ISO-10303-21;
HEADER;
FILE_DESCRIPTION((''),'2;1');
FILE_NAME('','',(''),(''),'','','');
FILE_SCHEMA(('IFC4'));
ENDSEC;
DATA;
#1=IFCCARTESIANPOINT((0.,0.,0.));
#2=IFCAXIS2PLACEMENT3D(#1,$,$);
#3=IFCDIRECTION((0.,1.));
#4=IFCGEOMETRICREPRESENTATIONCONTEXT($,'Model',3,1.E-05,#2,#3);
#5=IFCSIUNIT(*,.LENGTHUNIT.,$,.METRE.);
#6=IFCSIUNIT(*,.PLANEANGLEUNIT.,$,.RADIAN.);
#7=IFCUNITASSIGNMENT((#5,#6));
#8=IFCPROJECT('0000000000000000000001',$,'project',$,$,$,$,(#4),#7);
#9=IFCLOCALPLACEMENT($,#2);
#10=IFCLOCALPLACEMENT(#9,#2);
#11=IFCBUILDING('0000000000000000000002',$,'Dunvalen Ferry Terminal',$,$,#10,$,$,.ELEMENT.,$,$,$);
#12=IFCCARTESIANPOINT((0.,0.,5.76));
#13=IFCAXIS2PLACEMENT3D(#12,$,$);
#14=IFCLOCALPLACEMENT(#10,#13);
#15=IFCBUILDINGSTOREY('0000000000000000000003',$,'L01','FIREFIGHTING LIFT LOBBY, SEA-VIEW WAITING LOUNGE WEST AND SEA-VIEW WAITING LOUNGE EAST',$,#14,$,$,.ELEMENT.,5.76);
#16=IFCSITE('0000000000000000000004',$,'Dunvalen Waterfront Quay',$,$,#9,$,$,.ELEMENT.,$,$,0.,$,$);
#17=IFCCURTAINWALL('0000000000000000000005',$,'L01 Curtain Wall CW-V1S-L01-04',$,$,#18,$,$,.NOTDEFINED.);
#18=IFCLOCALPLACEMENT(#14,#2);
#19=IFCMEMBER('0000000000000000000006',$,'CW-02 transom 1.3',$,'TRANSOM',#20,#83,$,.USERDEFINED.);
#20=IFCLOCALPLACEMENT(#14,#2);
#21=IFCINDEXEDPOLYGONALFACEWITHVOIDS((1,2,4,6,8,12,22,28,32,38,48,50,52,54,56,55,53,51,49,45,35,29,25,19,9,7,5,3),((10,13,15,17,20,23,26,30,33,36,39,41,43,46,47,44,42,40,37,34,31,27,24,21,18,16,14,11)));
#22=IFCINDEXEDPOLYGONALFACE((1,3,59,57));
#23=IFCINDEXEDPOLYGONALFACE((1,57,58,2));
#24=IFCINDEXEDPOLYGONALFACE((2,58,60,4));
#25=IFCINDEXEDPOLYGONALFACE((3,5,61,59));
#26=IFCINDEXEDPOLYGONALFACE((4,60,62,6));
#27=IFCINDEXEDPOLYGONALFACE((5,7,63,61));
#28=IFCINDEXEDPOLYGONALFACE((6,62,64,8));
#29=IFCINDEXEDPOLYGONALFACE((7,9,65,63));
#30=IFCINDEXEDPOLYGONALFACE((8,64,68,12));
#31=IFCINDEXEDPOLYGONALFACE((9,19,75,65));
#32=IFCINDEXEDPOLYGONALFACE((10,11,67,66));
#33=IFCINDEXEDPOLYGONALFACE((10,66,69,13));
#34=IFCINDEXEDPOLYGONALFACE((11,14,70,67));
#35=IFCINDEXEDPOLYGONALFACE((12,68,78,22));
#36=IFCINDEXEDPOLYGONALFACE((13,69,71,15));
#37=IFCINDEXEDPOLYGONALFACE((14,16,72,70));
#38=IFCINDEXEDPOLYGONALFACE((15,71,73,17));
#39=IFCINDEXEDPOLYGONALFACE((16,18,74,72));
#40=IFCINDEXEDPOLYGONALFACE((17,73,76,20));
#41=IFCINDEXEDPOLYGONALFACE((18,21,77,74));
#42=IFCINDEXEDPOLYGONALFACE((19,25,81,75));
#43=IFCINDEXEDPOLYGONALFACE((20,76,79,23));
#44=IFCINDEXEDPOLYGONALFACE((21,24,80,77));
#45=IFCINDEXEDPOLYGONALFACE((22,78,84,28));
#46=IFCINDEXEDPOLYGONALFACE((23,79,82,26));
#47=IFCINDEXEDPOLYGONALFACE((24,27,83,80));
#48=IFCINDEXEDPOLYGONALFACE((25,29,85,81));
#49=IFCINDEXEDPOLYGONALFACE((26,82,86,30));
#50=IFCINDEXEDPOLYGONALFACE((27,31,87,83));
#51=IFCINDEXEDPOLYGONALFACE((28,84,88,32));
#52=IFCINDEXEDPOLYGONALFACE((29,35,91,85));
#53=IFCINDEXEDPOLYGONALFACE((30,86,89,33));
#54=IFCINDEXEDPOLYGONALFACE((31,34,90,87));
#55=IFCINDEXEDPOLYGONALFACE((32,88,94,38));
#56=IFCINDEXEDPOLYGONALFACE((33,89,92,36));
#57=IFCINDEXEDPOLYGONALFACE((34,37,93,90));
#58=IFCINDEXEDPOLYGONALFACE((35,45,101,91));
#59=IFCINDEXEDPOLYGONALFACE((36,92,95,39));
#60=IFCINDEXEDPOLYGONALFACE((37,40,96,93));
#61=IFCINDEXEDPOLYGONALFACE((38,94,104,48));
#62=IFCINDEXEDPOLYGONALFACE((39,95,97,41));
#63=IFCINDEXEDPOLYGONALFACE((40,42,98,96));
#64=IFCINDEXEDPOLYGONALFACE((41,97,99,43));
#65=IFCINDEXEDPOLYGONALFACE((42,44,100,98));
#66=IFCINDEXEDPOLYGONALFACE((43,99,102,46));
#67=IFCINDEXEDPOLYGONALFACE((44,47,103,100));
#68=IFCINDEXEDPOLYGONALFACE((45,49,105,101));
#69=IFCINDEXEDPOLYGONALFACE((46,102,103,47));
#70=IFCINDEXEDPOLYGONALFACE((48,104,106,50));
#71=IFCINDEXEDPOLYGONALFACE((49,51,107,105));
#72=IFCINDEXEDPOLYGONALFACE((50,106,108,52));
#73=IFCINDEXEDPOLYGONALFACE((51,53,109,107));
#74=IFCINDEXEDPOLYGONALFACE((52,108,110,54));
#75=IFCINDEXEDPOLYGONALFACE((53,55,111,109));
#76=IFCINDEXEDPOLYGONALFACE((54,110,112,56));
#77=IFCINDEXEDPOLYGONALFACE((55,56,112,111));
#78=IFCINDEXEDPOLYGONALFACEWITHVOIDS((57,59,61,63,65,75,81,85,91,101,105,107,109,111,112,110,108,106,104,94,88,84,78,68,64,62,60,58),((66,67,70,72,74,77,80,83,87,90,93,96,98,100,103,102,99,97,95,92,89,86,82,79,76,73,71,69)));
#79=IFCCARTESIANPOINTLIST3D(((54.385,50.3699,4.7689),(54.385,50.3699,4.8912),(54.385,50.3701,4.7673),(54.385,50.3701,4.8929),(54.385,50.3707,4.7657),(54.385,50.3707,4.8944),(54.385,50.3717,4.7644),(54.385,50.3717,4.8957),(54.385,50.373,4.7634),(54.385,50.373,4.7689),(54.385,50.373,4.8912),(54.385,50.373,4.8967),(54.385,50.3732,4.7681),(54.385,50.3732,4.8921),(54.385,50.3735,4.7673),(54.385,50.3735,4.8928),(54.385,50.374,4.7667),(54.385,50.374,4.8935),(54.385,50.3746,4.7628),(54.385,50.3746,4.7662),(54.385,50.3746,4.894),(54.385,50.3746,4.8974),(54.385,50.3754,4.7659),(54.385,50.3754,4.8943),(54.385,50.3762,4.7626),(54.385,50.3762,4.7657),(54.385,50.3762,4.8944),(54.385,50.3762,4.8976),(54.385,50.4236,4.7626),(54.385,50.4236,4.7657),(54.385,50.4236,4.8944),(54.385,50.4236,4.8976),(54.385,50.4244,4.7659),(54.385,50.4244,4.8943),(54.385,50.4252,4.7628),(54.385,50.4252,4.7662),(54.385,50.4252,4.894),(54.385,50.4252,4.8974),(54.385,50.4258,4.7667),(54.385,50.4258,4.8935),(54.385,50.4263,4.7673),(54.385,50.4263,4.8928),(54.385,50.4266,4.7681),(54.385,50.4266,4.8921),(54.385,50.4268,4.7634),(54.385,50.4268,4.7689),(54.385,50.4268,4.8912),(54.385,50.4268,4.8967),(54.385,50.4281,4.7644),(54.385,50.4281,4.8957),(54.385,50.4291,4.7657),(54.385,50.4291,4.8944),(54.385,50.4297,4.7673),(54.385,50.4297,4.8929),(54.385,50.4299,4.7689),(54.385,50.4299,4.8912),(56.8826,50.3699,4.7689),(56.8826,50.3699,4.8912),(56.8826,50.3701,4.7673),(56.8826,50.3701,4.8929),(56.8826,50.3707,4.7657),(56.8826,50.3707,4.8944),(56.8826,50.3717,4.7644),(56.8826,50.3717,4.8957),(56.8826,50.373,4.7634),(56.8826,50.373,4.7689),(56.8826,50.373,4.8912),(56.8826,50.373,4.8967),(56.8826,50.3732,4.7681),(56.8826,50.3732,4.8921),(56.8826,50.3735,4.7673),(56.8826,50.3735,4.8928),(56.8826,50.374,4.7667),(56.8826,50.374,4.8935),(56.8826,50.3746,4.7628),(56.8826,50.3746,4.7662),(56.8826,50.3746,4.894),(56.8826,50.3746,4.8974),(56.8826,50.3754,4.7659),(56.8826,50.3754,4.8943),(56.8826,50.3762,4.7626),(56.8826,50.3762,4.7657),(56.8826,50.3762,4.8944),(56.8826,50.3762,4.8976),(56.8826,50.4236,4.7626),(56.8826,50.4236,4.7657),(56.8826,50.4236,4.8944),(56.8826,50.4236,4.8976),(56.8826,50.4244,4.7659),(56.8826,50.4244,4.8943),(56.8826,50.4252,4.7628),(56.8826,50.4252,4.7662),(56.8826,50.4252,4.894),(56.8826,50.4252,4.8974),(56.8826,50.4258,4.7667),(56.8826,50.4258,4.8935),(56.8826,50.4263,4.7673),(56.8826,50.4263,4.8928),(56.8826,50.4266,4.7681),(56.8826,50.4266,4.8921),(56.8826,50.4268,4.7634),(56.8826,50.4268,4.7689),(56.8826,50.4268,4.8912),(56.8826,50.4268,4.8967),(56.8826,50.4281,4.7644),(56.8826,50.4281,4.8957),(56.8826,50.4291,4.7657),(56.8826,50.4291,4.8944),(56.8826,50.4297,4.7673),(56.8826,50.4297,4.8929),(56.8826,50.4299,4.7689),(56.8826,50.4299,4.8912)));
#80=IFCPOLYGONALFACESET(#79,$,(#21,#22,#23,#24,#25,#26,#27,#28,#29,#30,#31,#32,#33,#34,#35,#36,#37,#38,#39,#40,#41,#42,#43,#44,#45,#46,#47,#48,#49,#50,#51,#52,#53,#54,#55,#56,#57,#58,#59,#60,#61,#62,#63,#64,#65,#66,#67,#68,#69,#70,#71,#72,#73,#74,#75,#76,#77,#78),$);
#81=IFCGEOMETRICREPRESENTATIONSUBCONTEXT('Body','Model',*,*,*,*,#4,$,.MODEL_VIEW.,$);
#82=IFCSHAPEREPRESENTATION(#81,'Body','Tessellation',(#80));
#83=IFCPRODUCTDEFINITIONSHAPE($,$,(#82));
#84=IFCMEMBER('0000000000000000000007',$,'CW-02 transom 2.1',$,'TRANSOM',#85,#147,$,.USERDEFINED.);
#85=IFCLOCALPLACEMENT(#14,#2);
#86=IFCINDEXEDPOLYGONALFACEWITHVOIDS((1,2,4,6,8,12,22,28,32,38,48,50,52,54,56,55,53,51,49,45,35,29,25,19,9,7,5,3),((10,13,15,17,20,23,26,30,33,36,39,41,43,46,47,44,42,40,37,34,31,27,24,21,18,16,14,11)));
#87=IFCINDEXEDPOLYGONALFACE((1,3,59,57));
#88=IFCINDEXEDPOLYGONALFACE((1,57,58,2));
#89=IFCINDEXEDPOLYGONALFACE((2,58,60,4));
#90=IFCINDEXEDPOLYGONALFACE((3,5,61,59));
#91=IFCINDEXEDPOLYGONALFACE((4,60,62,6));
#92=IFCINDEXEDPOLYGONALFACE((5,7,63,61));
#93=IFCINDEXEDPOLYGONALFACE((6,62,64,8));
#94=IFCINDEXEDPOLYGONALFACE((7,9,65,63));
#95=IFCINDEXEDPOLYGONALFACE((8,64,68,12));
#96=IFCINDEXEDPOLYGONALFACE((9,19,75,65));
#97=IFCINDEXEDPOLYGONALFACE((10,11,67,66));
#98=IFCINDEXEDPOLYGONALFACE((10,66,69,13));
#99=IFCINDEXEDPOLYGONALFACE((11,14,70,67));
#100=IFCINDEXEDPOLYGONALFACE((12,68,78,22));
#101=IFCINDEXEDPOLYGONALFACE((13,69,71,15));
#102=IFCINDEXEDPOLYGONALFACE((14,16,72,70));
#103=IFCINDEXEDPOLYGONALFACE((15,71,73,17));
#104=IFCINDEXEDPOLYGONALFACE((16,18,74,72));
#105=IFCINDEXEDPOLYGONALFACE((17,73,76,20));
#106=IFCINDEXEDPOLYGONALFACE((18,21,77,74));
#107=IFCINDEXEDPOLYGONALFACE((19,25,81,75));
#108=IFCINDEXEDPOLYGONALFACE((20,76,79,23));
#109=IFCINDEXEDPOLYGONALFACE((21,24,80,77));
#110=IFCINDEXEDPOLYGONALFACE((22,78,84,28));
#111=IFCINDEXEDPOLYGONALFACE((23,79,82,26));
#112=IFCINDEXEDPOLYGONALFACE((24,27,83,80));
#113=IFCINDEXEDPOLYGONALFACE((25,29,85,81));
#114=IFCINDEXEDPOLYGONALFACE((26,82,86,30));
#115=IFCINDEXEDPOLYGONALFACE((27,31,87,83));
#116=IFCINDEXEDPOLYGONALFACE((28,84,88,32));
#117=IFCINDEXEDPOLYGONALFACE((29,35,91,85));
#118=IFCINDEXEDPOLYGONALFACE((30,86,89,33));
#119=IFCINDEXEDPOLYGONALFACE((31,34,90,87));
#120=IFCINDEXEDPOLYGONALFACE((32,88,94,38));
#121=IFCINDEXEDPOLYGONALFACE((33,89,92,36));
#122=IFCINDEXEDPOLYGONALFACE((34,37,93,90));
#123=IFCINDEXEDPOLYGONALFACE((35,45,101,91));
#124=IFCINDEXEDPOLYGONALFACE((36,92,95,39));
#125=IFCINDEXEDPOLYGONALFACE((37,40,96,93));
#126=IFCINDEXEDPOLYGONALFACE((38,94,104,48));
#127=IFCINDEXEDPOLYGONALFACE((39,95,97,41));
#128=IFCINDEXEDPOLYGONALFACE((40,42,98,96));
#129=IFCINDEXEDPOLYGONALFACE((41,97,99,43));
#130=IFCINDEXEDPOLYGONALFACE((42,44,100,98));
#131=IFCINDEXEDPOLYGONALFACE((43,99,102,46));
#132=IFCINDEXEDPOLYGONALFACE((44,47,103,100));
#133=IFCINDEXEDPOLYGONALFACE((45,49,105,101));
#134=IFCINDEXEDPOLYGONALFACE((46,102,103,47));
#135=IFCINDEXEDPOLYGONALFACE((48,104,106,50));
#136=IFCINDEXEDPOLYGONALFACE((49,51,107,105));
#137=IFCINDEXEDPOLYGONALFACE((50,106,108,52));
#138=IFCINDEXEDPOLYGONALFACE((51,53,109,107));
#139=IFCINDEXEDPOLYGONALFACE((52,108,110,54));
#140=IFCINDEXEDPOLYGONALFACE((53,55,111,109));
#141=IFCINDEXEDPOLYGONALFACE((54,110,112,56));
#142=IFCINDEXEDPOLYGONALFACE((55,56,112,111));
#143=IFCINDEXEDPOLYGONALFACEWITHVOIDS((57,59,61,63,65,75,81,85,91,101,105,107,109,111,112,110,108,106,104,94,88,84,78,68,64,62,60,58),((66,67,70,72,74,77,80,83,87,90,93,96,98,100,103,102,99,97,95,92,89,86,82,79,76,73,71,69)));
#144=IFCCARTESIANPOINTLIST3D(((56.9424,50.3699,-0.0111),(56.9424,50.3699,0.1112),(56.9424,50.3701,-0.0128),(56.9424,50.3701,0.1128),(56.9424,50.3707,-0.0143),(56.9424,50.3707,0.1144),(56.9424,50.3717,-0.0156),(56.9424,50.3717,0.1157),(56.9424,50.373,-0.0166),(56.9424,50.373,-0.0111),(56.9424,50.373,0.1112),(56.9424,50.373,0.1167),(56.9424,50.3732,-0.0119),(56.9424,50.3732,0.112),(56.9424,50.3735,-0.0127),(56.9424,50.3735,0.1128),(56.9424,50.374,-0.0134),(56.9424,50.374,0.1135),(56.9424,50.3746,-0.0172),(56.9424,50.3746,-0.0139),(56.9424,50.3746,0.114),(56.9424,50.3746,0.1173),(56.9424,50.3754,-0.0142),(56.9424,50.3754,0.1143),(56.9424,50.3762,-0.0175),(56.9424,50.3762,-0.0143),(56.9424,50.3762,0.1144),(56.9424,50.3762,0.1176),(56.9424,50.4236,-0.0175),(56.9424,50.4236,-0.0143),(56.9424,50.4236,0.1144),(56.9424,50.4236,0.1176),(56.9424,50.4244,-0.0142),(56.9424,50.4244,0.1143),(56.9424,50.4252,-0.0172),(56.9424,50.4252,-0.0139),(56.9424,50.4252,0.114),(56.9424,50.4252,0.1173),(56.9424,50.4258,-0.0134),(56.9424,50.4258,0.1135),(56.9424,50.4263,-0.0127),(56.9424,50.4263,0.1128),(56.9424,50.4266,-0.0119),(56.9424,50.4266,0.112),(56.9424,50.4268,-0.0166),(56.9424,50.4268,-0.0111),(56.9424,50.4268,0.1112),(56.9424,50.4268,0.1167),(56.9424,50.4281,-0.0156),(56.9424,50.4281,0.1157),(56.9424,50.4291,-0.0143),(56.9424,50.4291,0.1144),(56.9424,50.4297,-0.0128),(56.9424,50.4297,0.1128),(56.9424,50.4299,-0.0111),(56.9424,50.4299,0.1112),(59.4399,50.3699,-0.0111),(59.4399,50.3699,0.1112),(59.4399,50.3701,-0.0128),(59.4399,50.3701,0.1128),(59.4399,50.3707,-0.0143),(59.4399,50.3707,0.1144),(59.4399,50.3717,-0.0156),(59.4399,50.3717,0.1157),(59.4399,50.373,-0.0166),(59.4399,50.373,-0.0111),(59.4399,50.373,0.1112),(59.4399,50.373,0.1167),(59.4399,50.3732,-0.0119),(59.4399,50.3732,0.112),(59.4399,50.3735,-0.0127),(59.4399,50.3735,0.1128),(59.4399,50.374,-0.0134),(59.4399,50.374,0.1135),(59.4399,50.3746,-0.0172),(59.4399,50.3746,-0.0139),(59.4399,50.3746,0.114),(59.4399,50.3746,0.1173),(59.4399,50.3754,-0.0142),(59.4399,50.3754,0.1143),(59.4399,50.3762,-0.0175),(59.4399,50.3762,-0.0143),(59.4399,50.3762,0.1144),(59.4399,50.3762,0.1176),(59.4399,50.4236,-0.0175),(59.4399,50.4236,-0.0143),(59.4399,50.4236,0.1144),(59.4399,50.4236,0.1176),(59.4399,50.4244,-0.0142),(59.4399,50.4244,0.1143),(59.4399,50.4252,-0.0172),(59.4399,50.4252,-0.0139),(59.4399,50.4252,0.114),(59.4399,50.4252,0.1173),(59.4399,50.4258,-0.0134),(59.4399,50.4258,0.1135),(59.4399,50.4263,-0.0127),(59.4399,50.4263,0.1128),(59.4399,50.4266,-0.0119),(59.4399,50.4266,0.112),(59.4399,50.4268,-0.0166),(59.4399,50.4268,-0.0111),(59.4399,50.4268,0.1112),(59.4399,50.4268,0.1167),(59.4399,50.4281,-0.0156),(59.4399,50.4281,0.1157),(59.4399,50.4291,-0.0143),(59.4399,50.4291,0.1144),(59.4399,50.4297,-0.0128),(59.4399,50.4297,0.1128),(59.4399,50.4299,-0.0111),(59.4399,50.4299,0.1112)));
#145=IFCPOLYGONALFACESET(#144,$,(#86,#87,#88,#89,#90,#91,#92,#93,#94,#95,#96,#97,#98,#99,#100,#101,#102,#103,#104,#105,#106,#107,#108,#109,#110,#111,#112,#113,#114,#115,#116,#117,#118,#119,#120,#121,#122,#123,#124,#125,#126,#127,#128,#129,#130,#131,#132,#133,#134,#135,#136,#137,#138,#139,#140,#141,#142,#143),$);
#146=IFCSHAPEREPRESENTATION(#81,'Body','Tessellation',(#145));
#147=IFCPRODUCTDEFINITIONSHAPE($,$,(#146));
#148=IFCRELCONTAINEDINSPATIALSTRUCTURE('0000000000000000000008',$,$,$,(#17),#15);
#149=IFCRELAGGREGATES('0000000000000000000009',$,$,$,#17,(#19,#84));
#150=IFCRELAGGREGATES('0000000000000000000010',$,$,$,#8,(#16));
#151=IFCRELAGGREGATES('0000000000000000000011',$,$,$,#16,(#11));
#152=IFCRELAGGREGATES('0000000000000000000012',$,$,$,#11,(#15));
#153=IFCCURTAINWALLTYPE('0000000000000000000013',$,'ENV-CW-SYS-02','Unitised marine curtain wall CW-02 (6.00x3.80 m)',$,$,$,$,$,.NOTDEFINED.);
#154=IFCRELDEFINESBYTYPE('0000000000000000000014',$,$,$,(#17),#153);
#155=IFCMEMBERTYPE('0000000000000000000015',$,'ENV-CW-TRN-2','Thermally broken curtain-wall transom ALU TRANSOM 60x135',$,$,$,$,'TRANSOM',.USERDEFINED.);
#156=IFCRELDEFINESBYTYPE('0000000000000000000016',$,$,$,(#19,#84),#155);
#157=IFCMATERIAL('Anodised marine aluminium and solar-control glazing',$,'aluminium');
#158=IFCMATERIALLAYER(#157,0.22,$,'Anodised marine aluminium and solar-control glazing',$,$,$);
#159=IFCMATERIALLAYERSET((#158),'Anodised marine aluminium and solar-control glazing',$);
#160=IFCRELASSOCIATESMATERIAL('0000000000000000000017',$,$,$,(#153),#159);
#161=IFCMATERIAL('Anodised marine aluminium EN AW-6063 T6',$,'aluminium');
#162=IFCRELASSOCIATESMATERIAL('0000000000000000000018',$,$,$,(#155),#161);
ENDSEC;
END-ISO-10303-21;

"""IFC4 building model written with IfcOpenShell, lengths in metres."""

from ifc_helpers import new_model, si_unit, direction, frame, origin, origin_2d, place, context, subcontext, project, spatial, hollow_rectangle, extrude, material, layer, layer_set, material_profile, profile_set, type_object, element, aggregate, save


model = new_model("IFC4")

# Units and contexts
model_context = context("Model", 3, precision=1e-05, world=origin(), true_north=direction((0.0, 1.0)))
body_context = subcontext(model_context, "Body", "Model", "MODEL_VIEW")
ifc_project = project(units=[si_unit("LENGTHUNIT", "METRE"), si_unit("PLANEANGLEUNIT", "RADIAN")], contexts=[model_context])

# Site, building, storey
site_placement = place(None, origin())
site = spatial("IfcSite", under=ifc_project, at=site_placement, Name="Dunvalen Waterfront Quay", CompositionType="ELEMENT", RefElevation=0.0)
building_placement = place(site_placement, origin())
building = spatial("IfcBuilding", under=site, at=building_placement, Name="Dunvalen Ferry Terminal", CompositionType="ELEMENT")
storey_placement = place(building_placement, frame((0.0, 0.0, 5.76)))
storey = spatial("IfcBuildingStorey", under=building, at=storey_placement, Name="L01", Description="FIREFIGHTING LIFT LOBBY, SEA-VIEW WAITING LOUNGE WEST AND SEA-VIEW WAITING LOUNGE EAST", CompositionType="ELEMENT", Elevation=5.76)

# Curtain wall
ifc_material_1 = material(Name="Anodised marine aluminium and solar-control glazing", Category="aluminium")
ifc_layer_1 = layer(ifc_material_1, 0.22, Name="Anodised marine aluminium and solar-control glazing")
ifc_layer_set_1 = layer_set([ifc_layer_1], Name="Anodised marine aluminium and solar-control glazing")
curtain_wall_type = type_object("IfcCurtainWallType", Name="ENV-CW-SYS-02", Description="Unitised marine curtain wall CW-02 (6.00x3.80 m)", PredefinedType="NOTDEFINED", material=ifc_layer_set_1)
curtain_wall_1_placement = place(storey_placement, origin())
curtain_wall_1 = element("IfcCurtainWall", 1, at=curtain_wall_1_placement, inside=storey, type_object=curtain_wall_type, Name="L01 Curtain Wall CW-V1S-L01-04", PredefinedType="NOTDEFINED")
ifc_material_2 = material(Name="Anodised marine aluminium EN AW-6063 T6", Category="aluminium")

# Members
ifc_material_profile_1 = material_profile(ifc_material_2, hollow_rectangle(XDim=0.0601, YDim=0.135, WallThickness=0.0032, InnerFilletRadius=0.0032, OuterFilletRadius=0.0063, at=origin_2d()), Name="Anodised marine aluminium EN AW-6063 T6")
ifc_profile_set_1 = profile_set([ifc_material_profile_1], Name="Anodised marine aluminium EN AW-6063 T6")
member_type_1 = type_object("IfcMemberType", Name="ENV-CW-TRN-2", Description="Thermally broken curtain-wall transom ALU TRANSOM 60x135", ElementType="TRANSOM", PredefinedType="USERDEFINED", material=ifc_profile_set_1)
member_1_placement = place(storey_placement, frame((54.385, 50.3999, 4.8301), z_axis=(1.0, 0.0, 0.0), x_axis=(0.0, 1.0, 0.0)))
member_1 = element("IfcMember", 2, at=member_1_placement, type_object=member_type_1, Name="CW-02 transom 1.3", ObjectType="TRANSOM", PredefinedType="USERDEFINED", context=body_context, shape_type="SweptSolid", body=[
    extrude(hollow_rectangle(XDim=0.0601, YDim=0.135, WallThickness=0.0032, InnerFilletRadius=0.0032, OuterFilletRadius=0.0063, at=origin_2d()), origin(), (0.0, 0.0, 1.0), 2.4976),
])
member_2_placement = place(storey_placement, frame((56.9424, 50.3999, 0.05), z_axis=(1.0, 0.0, 0.0), x_axis=(0.0, 1.0, 0.0)))
member_2 = element("IfcMember", 3, at=member_2_placement, type_object=member_type_1, Name="CW-02 transom 2.1", ObjectType="TRANSOM", PredefinedType="USERDEFINED", context=body_context, shape_type="SweptSolid", body=[
    extrude(hollow_rectangle(XDim=0.0601, YDim=0.135, WallThickness=0.0032, InnerFilletRadius=0.0032, OuterFilletRadius=0.0063, at=origin_2d()), origin(), (0.0, 0.0, 1.0), 2.4976),
])

aggregate(curtain_wall_1, [member_1, member_2])

save(model, "model.ifc")
